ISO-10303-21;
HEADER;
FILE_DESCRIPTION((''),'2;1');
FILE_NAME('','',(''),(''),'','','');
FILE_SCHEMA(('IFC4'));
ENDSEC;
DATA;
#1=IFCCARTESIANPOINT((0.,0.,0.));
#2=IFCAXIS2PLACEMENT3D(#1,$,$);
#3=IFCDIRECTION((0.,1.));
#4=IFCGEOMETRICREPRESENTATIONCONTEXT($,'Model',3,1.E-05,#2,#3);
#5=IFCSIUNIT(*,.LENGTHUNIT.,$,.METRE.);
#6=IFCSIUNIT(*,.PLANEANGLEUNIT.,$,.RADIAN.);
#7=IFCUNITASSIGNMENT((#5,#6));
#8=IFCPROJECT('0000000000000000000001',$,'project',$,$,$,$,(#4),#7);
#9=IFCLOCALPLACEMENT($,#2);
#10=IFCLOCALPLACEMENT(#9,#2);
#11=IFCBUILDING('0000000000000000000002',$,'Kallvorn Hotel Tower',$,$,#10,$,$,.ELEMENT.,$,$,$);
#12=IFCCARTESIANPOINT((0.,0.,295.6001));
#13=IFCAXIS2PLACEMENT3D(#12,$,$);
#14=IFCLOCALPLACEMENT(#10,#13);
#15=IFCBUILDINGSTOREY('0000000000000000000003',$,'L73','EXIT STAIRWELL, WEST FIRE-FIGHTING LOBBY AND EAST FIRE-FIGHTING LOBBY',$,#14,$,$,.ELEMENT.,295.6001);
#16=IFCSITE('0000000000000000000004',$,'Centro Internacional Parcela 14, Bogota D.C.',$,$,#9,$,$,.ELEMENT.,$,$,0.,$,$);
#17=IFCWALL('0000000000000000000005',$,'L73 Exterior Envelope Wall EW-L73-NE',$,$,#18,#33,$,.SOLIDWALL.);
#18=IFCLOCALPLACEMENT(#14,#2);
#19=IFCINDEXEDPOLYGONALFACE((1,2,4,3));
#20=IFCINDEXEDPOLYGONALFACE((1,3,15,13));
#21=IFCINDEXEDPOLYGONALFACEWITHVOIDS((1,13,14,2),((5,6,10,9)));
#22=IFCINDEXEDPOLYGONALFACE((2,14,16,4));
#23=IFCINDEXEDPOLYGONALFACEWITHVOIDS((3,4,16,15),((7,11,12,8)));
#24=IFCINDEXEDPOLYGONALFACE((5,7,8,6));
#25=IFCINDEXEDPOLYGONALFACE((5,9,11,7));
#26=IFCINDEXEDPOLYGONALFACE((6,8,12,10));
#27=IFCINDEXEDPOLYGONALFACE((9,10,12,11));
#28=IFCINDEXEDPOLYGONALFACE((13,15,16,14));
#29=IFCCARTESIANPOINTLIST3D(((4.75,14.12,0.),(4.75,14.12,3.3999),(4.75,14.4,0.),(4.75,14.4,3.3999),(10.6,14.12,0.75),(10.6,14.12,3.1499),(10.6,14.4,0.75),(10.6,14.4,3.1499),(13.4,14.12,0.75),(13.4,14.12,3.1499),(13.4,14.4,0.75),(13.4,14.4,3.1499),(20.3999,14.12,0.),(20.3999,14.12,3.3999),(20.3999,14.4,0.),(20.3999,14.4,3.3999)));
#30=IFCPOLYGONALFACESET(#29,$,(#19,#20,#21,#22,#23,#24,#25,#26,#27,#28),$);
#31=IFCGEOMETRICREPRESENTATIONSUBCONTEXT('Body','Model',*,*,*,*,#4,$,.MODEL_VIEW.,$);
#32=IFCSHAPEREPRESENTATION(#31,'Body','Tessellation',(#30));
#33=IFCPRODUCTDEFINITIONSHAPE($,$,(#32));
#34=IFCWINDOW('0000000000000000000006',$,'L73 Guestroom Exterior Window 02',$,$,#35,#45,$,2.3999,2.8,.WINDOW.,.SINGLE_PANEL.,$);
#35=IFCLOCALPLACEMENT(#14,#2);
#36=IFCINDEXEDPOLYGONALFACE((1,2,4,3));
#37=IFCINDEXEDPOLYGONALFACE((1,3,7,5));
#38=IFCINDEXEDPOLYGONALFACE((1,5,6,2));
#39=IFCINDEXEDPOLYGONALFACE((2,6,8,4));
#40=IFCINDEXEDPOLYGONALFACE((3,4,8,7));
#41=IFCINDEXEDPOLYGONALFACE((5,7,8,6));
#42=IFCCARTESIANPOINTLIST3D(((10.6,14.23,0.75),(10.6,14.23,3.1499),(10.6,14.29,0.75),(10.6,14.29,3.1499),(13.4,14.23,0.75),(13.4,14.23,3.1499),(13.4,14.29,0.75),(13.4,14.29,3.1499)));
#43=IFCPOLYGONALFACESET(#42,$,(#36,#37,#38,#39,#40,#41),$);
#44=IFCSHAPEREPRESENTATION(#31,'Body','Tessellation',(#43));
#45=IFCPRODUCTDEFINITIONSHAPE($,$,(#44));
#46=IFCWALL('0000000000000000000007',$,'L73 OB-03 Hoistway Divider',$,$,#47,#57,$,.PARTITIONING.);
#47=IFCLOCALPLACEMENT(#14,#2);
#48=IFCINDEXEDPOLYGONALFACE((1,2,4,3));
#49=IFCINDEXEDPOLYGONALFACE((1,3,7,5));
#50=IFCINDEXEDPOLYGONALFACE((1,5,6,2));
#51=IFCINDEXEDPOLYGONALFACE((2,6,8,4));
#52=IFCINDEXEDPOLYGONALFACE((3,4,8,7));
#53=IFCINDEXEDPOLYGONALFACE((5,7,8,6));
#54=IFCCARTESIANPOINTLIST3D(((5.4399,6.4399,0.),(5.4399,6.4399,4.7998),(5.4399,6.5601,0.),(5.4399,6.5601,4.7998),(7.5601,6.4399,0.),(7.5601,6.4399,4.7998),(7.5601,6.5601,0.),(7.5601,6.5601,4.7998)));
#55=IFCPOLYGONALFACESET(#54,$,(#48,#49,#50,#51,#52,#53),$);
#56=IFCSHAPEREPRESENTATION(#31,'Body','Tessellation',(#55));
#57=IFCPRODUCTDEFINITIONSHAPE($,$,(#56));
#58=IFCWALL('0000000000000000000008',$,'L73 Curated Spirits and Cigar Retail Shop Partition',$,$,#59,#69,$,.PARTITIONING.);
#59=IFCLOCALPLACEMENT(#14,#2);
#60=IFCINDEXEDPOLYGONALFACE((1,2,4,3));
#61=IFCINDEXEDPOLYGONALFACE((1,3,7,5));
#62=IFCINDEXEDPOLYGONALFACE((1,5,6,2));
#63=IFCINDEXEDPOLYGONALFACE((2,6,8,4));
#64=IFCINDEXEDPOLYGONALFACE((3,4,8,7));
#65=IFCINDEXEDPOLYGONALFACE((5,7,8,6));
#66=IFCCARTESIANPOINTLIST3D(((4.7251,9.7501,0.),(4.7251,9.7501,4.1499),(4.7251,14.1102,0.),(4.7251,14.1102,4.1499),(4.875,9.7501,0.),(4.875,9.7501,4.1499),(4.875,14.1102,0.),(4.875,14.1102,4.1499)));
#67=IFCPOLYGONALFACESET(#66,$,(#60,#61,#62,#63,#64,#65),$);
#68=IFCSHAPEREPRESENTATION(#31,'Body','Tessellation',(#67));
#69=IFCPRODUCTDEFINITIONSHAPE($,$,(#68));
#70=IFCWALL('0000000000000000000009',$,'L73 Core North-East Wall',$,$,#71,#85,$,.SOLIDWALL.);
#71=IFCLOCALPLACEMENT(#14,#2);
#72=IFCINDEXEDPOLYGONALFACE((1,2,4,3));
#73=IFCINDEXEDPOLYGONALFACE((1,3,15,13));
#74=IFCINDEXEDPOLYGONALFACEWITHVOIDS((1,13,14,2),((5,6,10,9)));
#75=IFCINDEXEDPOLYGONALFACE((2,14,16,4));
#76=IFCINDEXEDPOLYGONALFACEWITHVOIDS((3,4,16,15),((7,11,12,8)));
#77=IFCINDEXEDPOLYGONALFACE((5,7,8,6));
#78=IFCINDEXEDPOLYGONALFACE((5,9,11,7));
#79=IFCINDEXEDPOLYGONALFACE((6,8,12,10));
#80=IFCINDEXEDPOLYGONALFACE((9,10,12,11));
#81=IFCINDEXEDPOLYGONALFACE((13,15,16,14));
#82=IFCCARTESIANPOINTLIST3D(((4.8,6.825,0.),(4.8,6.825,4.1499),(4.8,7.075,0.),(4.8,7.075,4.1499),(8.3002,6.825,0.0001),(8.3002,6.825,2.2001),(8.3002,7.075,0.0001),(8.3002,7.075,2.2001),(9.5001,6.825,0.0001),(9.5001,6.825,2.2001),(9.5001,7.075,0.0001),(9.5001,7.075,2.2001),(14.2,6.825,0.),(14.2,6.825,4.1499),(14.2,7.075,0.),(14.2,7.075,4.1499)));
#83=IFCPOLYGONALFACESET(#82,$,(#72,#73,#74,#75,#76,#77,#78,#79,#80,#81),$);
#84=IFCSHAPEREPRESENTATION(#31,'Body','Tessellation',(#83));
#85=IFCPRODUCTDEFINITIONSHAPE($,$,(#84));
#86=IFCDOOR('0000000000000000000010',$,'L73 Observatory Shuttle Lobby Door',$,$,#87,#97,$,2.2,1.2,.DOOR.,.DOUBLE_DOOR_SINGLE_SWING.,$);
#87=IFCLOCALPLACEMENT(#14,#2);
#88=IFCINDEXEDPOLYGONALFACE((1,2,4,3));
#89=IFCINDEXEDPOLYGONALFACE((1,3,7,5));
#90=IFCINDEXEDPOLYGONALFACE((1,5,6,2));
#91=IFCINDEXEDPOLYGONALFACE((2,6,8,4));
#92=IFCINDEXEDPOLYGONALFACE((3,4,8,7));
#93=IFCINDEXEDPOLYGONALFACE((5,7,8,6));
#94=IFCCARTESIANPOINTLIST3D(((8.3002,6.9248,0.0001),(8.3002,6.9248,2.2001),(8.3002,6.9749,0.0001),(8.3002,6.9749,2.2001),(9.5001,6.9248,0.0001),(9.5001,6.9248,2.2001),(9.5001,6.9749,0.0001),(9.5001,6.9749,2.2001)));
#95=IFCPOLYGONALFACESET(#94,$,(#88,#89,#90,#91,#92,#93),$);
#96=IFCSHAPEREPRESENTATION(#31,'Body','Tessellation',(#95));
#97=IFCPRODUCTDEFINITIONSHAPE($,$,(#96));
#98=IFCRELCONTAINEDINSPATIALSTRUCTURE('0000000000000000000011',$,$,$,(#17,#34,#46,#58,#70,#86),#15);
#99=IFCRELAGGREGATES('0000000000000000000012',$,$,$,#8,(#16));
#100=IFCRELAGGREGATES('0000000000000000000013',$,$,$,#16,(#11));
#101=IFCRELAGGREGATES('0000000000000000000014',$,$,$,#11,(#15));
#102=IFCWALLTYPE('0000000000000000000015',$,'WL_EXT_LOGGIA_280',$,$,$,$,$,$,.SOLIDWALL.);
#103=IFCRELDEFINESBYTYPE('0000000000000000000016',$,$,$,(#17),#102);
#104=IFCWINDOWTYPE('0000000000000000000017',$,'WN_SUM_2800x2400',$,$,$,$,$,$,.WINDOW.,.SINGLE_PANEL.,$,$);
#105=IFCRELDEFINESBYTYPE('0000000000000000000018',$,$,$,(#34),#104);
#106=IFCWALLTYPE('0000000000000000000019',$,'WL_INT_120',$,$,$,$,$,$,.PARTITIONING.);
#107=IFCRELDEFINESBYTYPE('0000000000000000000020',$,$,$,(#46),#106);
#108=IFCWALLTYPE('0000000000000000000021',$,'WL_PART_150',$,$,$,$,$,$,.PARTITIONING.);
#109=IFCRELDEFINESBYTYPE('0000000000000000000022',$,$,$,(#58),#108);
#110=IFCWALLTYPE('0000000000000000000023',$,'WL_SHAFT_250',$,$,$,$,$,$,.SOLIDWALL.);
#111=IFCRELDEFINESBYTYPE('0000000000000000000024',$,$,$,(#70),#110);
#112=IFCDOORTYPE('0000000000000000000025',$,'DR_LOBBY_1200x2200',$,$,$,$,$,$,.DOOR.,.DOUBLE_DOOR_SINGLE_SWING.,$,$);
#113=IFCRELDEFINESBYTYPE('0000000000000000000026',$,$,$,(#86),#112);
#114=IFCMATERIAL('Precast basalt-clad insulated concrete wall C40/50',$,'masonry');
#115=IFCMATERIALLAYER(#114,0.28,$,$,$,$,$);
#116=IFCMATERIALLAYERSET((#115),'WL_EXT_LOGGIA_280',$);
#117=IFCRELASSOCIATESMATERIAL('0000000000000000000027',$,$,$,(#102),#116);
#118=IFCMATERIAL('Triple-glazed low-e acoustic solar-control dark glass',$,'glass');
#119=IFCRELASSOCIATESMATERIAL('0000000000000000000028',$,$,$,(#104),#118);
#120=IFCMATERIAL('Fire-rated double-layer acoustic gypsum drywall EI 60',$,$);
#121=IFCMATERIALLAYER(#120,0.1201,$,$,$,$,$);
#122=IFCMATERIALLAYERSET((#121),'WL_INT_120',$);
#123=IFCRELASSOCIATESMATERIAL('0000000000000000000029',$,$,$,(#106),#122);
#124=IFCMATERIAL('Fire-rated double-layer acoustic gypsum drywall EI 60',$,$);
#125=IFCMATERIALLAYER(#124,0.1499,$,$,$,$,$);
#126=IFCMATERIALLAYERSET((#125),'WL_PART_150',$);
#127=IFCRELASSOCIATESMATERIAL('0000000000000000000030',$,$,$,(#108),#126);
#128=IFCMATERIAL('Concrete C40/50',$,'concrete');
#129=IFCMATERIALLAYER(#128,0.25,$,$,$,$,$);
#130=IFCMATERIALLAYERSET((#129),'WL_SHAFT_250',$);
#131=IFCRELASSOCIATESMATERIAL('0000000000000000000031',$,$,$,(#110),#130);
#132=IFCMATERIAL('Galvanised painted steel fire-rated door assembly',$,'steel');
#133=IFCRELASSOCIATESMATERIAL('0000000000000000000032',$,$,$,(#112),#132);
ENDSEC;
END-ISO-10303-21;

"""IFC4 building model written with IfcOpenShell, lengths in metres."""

from ifc_helpers import new_model, si_unit, direction, frame, frame_2d, origin, place, context, subcontext, project, spatial, rectangle, extrude, material, layer, layer_set, type_object, element, fill, save


model = new_model("IFC4")

# Units and contexts
model_context = context("Model", 3, precision=1e-05, world=origin(), true_north=direction((0.0, 1.0)))
body_context = subcontext(model_context, "Body", "Model", "MODEL_VIEW")
ifc_project = project(units=[si_unit("LENGTHUNIT", "METRE"), si_unit("PLANEANGLEUNIT", "RADIAN")], contexts=[model_context])

# Site, building, storey
site_placement = place(None, origin())
site = spatial("IfcSite", under=ifc_project, at=site_placement, Name="Centro Internacional Parcela 14, Bogota D.C.", CompositionType="ELEMENT", RefElevation=0.0)
building_placement = place(site_placement, origin())
building = spatial("IfcBuilding", under=site, at=building_placement, Name="Kallvorn Hotel Tower", CompositionType="ELEMENT")
storey_placement = place(building_placement, frame((0.0, 0.0, 295.6001)))
storey = spatial("IfcBuildingStorey", under=building, at=storey_placement, Name="L73", Description="EXIT STAIRWELL, WEST FIRE-FIGHTING LOBBY AND EAST FIRE-FIGHTING LOBBY", CompositionType="ELEMENT", Elevation=295.6001)

# Wall, opening, window
ifc_material_1 = material(Name="Precast basalt-clad insulated concrete wall C40/50", Category="masonry")
ifc_layer_1 = layer(ifc_material_1, 0.28)
ifc_layer_set_1 = layer_set([ifc_layer_1], Name="WL_EXT_LOGGIA_280")
wall_type_1 = type_object("IfcWallType", Name="WL_EXT_LOGGIA_280", PredefinedType="SOLIDWALL", material=ifc_layer_set_1)
wall_1_placement = place(storey_placement, frame((4.75, 14.26, 0.0), z_axis=(0.0, 0.0, 1.0), x_axis=(1.0, 0.0, 0.0)))
wall_1 = element("IfcWall", 1, at=wall_1_placement, inside=storey, type_object=wall_type_1, Name="L73 Exterior Envelope Wall EW-L73-NE", PredefinedType="SOLIDWALL", context=body_context, shape_type="SweptSolid", body=[
    extrude(rectangle(XDim=15.6499, YDim=0.28, at=frame_2d((7.825, 0.0))), origin(), (0.0, 0.0, 1.0), 3.3999),
])
opening_1_placement = place(wall_1_placement, frame((5.8501, 0.0, 0.75)))
opening_1 = element("IfcOpeningElement", 2, at=opening_1_placement, cuts=wall_1, PredefinedType="OPENING", context=body_context, shape_type="SweptSolid", body=[
    extrude(rectangle(XDim=2.8, YDim=2.3999, at=frame_2d((1.3999, 1.2))), frame((0.0, 0.155, 0.0), z_axis=(0.0, -1.0, 0.0), x_axis=(1.0, 0.0, 0.0)), (0.0, 0.0, 1.0), 0.3101),
])
ifc_material_2 = material(Name="Triple-glazed low-e acoustic solar-control dark glass", Category="glass")
window_type = type_object("IfcWindowType", Name="WN_SUM_2800x2400", PartitioningType="SINGLE_PANEL", PredefinedType="WINDOW", material=ifc_material_2)
window_placement = place(opening_1_placement, origin())
window = element("IfcWindow", 3, at=window_placement, inside=storey, type_object=window_type, Name="L73 Guestroom Exterior Window 02", OverallHeight=2.3999, OverallWidth=2.8, PartitioningType="SINGLE_PANEL", PredefinedType="WINDOW", context=body_context, shape_type="SweptSolid", body=[
    extrude(rectangle(XDim=2.8, YDim=2.3999, at=frame_2d((1.3999, 1.2))), frame((0.0, 0.03, 0.0), z_axis=(0.0, -1.0, 0.0), x_axis=(1.0, 0.0, 0.0)), (0.0, 0.0, 1.0), 0.0601),
])
fill(opening_1, window)

# Walls
ifc_material_3 = material(Name="Fire-rated double-layer acoustic gypsum drywall EI 60")
ifc_layer_2 = layer(ifc_material_3, 0.1201)
ifc_layer_set_2 = layer_set([ifc_layer_2], Name="WL_INT_120")
wall_type_2 = type_object("IfcWallType", Name="WL_INT_120", PredefinedType="PARTITIONING", material=ifc_layer_set_2)
wall_2_placement = place(storey_placement, frame((5.4399, 6.5, 0.0), z_axis=(0.0, 0.0, 1.0), x_axis=(1.0, 0.0, 0.0)))
element("IfcWall", 4, at=wall_2_placement, inside=storey, type_object=wall_type_2, Name="L73 OB-03 Hoistway Divider", PredefinedType="PARTITIONING", context=body_context, shape_type="SweptSolid", body=[
    extrude(rectangle(XDim=2.1201, YDim=0.1201, at=frame_2d((1.0601, 0.0))), origin(), (0.0, 0.0, 1.0), 4.7998),
])
ifc_material_4 = material(Name="Fire-rated double-layer acoustic gypsum drywall EI 60")
ifc_layer_3 = layer(ifc_material_4, 0.1499)
ifc_layer_set_3 = layer_set([ifc_layer_3], Name="WL_PART_150")
wall_type_3 = type_object("IfcWallType", Name="WL_PART_150", PredefinedType="PARTITIONING", material=ifc_layer_set_3)
wall_3_placement = place(storey_placement, frame((4.8, 9.75, 0.0), z_axis=(0.0, 0.0, 1.0), x_axis=(0.0, 1.0, 0.0)))
element("IfcWall", 5, at=wall_3_placement, inside=storey, type_object=wall_type_3, Name="L73 Curated Spirits and Cigar Retail Shop Partition", PredefinedType="PARTITIONING", context=body_context, shape_type="SweptSolid", body=[
    extrude(rectangle(XDim=4.3601, YDim=0.1499, at=frame_2d((2.1802, 0.0))), origin(), (0.0, 0.0, 1.0), 4.1499),
])

# Wall, opening, door
ifc_material_5 = material(Name="Concrete C40/50", Category="concrete")
ifc_layer_4 = layer(ifc_material_5, 0.25)
ifc_layer_set_4 = layer_set([ifc_layer_4], Name="WL_SHAFT_250")
wall_type_4 = type_object("IfcWallType", Name="WL_SHAFT_250", PredefinedType="SOLIDWALL", material=ifc_layer_set_4)
wall_4_placement = place(storey_placement, frame((4.8, 6.95, 0.0), z_axis=(0.0, 0.0, 1.0), x_axis=(1.0, 0.0, 0.0)))
wall_4 = element("IfcWall", 6, at=wall_4_placement, inside=storey, type_object=wall_type_4, Name="L73 Core North-East Wall", PredefinedType="SOLIDWALL", context=body_context, shape_type="SweptSolid", body=[
    extrude(rectangle(XDim=9.3999, YDim=0.25, at=frame_2d((4.7, 0.0))), origin(), (0.0, 0.0, 1.0), 4.1499),
])
opening_2_placement = place(wall_4_placement, frame((3.5, 0.0, 0.0)))
opening_2 = element("IfcOpeningElement", 7, at=opening_2_placement, cuts=wall_4, PredefinedType="OPENING", context=body_context, shape_type="SweptSolid", body=[
    extrude(rectangle(XDim=1.2, YDim=2.2, at=frame_2d((0.6001, 1.1001))), frame((0.0, 0.1399, 0.0), z_axis=(0.0, -1.0, 0.0), x_axis=(1.0, 0.0, 0.0)), (0.0, 0.0, 1.0), 0.28),
])
ifc_material_6 = material(Name="Galvanised painted steel fire-rated door assembly", Category="steel")
door_type = type_object("IfcDoorType", Name="DR_LOBBY_1200x2200", OperationType="DOUBLE_DOOR_SINGLE_SWING", PredefinedType="DOOR", material=ifc_material_6)
door_placement = place(opening_2_placement, origin())
door = element("IfcDoor", 8, at=door_placement, inside=storey, type_object=door_type, Name="L73 Observatory Shuttle Lobby Door", OperationType="DOUBLE_DOOR_SINGLE_SWING", OverallHeight=2.2, OverallWidth=1.2, PredefinedType="DOOR", context=body_context, shape_type="SweptSolid", body=[
    extrude(rectangle(XDim=1.2, YDim=2.2, at=frame_2d((0.6001, 1.1001))), frame((0.0, 0.0249, 0.0), z_axis=(0.0, -1.0, 0.0), x_axis=(1.0, 0.0, 0.0)), (0.0, 0.0, 1.0), 0.05),
])
fill(opening_2, door)

save(model, "model.ifc")
